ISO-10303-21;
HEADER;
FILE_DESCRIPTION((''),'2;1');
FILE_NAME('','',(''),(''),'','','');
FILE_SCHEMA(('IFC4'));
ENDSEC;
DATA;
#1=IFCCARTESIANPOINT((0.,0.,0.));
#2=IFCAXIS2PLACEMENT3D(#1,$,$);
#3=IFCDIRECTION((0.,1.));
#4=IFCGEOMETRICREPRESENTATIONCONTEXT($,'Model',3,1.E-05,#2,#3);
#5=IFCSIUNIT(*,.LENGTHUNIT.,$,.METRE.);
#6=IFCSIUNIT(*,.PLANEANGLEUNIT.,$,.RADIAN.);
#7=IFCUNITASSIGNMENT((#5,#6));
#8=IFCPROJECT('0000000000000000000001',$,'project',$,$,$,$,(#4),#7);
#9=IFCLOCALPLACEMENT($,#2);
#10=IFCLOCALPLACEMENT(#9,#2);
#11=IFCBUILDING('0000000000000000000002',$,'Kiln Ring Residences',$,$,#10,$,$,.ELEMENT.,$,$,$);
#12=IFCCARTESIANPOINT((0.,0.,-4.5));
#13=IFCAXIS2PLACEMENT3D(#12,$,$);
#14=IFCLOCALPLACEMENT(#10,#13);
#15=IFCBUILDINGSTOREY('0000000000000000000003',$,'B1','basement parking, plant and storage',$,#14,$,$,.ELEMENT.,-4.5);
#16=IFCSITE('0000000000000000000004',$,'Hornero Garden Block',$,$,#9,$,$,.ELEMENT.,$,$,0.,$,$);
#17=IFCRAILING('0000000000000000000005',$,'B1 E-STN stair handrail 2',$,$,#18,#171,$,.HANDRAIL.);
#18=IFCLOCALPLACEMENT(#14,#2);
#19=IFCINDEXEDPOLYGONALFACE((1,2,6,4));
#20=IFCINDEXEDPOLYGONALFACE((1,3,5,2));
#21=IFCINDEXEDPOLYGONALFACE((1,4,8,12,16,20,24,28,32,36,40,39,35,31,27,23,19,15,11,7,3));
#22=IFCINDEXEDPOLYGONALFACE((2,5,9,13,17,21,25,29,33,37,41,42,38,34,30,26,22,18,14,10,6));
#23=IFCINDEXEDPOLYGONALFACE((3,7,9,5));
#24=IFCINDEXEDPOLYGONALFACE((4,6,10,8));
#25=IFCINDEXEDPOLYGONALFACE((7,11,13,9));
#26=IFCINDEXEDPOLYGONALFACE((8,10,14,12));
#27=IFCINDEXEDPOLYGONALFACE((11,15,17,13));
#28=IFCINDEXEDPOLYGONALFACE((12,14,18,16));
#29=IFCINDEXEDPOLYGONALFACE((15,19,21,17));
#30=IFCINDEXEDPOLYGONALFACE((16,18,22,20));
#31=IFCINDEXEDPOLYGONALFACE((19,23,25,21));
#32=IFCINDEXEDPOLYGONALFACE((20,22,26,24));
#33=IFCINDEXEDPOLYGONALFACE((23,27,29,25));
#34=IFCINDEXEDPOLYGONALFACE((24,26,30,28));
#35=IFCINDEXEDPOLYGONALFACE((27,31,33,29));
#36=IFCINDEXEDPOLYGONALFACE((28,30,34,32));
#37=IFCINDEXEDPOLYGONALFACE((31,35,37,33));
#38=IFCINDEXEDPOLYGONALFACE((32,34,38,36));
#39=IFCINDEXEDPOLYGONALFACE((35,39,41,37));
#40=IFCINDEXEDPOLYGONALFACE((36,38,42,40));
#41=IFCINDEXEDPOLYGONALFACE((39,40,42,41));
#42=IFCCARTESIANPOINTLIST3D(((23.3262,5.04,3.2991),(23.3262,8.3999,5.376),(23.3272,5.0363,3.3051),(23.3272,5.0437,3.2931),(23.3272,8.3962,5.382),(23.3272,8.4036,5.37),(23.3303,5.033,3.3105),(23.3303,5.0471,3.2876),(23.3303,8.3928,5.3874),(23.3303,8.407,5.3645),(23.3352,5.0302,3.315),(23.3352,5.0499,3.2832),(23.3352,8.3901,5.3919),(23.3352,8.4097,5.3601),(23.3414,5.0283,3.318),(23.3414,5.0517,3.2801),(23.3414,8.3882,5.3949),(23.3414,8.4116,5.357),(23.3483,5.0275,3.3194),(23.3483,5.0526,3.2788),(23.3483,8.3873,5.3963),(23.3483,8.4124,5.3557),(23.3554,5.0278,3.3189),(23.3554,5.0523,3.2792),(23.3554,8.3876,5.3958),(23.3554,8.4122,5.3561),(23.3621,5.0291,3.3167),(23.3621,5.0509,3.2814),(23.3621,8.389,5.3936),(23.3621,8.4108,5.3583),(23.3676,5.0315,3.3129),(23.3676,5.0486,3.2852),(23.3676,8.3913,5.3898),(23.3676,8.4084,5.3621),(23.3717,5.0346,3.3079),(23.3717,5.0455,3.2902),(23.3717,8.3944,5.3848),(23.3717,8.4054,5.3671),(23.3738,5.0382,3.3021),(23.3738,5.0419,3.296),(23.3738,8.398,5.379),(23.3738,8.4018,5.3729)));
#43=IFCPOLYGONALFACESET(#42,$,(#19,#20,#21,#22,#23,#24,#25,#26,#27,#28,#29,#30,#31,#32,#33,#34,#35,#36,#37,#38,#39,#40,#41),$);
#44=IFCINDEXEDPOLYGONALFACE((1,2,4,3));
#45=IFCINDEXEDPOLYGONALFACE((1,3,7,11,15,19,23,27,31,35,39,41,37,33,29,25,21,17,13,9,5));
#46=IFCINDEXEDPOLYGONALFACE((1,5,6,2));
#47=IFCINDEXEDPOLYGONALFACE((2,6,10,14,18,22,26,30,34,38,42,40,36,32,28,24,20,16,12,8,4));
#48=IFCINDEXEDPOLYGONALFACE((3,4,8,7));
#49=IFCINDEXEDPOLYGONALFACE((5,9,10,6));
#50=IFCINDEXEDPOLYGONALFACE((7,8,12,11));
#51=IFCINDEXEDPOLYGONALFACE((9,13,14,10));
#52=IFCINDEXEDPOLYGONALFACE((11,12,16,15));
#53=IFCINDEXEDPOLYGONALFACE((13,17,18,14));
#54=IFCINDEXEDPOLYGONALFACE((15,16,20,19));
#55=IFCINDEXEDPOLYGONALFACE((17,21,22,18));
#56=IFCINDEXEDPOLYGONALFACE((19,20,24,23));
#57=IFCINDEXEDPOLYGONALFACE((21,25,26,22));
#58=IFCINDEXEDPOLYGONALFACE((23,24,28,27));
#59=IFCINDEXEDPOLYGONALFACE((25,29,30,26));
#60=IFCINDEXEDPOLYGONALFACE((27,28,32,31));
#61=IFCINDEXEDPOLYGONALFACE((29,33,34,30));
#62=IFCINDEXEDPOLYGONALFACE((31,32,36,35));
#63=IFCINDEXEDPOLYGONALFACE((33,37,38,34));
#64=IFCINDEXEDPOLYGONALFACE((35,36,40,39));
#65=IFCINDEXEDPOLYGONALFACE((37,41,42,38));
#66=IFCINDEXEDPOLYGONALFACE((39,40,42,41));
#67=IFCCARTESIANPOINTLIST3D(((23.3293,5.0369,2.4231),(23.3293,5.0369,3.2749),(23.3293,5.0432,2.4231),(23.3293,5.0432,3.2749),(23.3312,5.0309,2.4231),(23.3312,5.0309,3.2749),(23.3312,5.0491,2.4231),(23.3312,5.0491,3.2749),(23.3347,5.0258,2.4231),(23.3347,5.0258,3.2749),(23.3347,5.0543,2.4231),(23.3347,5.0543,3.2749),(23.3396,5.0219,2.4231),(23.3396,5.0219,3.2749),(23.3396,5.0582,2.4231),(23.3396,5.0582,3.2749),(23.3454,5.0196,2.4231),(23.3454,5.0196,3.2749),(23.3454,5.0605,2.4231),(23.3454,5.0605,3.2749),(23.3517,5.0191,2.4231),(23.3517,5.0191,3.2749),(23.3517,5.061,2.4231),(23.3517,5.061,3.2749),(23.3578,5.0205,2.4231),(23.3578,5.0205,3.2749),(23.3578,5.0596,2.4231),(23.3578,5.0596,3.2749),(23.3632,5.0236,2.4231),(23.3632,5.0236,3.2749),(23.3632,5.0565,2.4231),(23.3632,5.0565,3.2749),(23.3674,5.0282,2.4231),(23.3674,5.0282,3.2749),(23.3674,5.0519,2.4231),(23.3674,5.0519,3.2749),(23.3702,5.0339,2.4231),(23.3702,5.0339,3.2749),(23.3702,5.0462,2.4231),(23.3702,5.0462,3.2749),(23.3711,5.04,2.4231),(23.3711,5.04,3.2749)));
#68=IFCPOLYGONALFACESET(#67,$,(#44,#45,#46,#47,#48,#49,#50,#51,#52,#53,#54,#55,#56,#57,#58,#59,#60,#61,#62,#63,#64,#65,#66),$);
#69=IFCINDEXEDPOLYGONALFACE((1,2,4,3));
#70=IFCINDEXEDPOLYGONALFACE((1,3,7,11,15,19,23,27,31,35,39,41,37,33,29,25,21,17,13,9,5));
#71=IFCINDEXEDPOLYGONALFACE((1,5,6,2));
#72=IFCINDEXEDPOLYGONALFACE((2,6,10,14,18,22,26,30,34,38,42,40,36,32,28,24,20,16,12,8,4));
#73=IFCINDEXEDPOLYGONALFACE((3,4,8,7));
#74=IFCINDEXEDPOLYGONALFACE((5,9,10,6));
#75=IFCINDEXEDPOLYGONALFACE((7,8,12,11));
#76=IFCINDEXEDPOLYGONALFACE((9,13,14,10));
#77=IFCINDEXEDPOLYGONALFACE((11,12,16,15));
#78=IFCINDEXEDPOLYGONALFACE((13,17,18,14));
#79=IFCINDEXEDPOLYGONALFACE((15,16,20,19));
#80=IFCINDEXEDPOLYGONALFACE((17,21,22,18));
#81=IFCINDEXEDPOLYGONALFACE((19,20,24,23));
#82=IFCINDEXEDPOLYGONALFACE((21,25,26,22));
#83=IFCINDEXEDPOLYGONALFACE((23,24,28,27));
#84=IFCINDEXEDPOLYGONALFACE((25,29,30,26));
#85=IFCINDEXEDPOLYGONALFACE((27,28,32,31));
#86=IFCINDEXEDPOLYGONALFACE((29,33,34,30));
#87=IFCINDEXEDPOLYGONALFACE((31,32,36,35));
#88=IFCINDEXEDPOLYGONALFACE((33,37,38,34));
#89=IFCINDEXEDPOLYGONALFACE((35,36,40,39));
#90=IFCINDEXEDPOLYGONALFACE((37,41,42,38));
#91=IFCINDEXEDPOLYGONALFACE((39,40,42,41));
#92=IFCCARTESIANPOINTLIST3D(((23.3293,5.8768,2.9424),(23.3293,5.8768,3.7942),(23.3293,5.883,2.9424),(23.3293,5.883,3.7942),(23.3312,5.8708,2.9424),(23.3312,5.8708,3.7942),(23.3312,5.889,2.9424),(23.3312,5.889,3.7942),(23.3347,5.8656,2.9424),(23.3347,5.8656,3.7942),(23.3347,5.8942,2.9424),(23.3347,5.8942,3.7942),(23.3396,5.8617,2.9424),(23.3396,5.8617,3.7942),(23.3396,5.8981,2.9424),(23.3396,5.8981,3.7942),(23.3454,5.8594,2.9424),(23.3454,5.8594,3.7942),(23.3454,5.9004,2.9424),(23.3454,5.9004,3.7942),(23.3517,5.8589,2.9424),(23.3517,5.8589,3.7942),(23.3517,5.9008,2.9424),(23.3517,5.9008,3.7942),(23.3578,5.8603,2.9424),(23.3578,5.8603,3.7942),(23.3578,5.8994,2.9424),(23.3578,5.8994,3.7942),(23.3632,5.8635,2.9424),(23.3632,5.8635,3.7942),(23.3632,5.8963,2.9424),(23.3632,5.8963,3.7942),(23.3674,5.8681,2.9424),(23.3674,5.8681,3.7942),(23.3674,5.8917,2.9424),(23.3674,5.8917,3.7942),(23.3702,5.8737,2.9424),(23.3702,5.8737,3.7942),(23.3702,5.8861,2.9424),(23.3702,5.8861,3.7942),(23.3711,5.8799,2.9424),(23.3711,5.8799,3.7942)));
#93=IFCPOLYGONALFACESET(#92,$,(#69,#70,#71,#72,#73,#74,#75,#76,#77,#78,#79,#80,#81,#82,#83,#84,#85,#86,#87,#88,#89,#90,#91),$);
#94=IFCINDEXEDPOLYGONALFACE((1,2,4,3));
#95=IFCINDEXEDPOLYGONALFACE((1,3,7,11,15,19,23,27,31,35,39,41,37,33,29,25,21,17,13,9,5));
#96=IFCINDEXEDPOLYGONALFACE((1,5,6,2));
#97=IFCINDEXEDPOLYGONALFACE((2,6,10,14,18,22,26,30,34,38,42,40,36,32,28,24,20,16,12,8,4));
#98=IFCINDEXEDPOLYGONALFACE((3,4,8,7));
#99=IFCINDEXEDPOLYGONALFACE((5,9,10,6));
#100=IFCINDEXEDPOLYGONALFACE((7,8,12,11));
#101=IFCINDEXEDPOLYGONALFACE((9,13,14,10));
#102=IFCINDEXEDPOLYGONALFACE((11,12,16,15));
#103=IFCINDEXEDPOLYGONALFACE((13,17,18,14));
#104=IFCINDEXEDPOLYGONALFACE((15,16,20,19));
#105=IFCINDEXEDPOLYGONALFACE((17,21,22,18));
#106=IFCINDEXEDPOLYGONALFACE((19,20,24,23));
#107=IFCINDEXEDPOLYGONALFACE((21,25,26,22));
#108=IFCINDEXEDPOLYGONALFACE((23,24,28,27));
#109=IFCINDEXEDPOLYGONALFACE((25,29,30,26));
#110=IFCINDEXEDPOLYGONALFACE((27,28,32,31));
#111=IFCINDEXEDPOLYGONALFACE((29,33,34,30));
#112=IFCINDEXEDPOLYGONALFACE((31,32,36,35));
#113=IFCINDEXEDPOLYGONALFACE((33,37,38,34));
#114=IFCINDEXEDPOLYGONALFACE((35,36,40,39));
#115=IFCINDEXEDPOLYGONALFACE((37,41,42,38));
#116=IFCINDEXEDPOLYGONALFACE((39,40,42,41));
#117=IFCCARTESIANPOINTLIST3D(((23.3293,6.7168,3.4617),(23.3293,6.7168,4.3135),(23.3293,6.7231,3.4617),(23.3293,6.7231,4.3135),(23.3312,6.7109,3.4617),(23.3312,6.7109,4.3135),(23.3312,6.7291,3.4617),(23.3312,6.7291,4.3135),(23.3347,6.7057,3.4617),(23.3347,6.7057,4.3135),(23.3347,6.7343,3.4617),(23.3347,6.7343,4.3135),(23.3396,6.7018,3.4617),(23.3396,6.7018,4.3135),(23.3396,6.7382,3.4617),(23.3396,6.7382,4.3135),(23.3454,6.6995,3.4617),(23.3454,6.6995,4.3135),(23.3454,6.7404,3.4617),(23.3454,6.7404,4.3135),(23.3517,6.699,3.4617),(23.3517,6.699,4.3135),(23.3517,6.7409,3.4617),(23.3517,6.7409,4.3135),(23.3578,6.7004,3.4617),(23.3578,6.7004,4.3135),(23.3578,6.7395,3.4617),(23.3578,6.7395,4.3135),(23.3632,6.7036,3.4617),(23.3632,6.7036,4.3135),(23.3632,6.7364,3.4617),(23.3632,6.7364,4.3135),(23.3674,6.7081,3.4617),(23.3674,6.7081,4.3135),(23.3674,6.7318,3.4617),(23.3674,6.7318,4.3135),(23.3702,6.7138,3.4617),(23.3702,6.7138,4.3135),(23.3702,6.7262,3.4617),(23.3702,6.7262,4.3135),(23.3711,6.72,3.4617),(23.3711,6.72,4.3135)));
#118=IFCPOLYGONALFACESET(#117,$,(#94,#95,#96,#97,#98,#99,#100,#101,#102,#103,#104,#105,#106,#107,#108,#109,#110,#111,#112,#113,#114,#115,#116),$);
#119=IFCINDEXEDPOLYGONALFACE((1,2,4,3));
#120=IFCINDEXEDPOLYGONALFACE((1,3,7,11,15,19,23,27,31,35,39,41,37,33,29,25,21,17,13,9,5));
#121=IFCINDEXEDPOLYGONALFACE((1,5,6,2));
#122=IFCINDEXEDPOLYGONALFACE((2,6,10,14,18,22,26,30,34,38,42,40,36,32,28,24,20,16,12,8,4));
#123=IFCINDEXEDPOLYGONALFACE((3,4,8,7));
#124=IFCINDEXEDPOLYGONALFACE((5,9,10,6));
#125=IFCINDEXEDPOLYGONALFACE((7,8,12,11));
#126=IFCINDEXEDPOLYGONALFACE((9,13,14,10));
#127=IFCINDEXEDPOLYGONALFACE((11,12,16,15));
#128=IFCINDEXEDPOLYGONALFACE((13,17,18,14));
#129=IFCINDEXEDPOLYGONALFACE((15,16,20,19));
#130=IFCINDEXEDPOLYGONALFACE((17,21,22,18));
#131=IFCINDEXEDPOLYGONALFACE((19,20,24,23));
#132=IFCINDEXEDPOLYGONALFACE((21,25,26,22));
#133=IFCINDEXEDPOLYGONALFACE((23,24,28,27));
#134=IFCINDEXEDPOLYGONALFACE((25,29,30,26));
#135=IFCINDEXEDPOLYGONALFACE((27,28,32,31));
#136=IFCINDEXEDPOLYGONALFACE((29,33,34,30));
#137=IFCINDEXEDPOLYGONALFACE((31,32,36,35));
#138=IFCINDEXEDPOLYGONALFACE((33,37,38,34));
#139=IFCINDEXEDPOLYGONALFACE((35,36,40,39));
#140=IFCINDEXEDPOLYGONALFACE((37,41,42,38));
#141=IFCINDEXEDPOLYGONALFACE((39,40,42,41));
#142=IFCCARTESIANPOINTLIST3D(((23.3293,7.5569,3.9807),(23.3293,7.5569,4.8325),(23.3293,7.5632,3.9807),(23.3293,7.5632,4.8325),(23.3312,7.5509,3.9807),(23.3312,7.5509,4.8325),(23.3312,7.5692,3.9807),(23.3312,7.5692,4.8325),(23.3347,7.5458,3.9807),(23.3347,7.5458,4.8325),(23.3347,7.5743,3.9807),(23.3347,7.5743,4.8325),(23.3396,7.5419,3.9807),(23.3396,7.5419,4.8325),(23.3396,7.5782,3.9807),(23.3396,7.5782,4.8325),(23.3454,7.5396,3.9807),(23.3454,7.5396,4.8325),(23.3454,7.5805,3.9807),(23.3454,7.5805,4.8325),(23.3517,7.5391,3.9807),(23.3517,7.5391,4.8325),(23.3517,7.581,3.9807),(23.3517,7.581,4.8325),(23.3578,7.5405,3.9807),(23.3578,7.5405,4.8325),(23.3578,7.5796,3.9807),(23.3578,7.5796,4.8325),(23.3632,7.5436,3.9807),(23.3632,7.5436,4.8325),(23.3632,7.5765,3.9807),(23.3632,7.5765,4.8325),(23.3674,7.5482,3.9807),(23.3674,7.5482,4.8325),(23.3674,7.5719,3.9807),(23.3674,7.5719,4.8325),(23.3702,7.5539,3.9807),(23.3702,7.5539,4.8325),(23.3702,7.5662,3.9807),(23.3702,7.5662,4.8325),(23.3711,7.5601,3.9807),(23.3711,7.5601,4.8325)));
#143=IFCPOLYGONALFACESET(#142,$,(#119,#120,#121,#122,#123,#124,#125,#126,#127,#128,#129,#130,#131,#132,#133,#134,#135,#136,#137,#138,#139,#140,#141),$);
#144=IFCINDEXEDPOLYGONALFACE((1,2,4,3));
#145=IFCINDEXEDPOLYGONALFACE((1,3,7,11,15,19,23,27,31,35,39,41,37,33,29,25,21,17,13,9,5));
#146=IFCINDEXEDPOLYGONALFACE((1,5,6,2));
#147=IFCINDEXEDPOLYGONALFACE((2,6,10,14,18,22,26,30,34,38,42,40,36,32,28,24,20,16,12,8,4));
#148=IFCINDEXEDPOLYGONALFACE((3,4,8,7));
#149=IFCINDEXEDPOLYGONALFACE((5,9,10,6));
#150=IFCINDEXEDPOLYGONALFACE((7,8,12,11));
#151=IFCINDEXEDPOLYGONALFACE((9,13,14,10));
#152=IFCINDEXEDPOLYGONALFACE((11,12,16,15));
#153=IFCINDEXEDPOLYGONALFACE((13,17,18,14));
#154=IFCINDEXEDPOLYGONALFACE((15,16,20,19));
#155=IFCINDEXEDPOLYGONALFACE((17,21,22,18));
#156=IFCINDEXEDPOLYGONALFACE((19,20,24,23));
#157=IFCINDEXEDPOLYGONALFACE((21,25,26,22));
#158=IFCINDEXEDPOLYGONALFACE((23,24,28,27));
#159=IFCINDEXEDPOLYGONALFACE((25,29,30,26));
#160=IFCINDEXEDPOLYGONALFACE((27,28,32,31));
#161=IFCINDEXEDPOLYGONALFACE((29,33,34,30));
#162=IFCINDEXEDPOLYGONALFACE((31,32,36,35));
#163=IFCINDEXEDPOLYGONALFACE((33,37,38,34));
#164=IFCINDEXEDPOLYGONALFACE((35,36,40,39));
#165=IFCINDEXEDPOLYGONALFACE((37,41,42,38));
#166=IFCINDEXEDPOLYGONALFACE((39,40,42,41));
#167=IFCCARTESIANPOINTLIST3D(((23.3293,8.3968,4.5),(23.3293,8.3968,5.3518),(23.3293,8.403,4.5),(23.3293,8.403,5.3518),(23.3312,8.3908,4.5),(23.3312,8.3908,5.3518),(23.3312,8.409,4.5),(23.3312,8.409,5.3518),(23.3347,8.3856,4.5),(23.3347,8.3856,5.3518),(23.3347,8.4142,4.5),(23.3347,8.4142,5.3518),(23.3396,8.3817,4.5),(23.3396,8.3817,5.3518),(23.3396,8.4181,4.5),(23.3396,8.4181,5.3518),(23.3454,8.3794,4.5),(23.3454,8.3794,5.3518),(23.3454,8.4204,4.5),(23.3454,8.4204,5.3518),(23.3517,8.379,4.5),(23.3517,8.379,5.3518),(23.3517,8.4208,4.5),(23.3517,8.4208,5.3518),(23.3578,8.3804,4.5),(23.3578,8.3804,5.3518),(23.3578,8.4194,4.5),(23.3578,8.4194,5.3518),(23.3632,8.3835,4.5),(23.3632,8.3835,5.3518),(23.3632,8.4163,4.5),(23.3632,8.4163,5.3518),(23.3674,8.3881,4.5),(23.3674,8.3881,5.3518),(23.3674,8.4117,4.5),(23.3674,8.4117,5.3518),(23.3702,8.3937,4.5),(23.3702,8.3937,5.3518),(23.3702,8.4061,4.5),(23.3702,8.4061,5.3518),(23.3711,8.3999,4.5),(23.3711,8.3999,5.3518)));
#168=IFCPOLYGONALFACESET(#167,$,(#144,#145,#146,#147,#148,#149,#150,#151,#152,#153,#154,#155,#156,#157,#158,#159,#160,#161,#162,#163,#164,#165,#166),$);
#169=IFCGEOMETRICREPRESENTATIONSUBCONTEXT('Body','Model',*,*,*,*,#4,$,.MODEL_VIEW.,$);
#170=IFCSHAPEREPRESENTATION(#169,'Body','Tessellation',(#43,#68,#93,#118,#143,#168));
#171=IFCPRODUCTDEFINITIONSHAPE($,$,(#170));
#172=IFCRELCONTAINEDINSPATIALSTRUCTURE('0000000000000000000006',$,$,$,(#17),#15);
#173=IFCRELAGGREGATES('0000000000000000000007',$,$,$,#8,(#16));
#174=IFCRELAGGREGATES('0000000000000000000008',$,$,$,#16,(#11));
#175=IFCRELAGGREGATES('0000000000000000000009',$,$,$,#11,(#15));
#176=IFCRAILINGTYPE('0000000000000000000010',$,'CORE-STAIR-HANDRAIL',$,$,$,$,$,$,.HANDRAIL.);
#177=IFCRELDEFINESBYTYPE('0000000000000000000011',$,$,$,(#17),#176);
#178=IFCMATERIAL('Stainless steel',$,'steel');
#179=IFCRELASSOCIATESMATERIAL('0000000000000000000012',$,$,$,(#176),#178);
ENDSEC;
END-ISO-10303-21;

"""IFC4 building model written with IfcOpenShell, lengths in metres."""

from ifc_helpers import new_model, si_unit, direction, frame, origin, origin_2d, place, context, subcontext, project, spatial, circle, extrude, material, type_object, element, save


model = new_model("IFC4")

# Units and contexts
model_context = context("Model", 3, precision=1e-05, world=origin(), true_north=direction((0.0, 1.0)))
body_context = subcontext(model_context, "Body", "Model", "MODEL_VIEW")
ifc_project = project(units=[si_unit("LENGTHUNIT", "METRE"), si_unit("PLANEANGLEUNIT", "RADIAN")], contexts=[model_context])

# Site, building, storey
site_placement = place(None, origin())
site = spatial("IfcSite", under=ifc_project, at=site_placement, Name="Hornero Garden Block", CompositionType="ELEMENT", RefElevation=0.0)
building_placement = place(site_placement, origin())
building = spatial("IfcBuilding", under=site, at=building_placement, Name="Kiln Ring Residences", CompositionType="ELEMENT")
storey_placement = place(building_placement, frame((0.0, 0.0, -4.5)))
storey = spatial("IfcBuildingStorey", under=building, at=storey_placement, Name="B1", Description="basement parking, plant and storage", CompositionType="ELEMENT", Elevation=-4.5)

# Railing
ifc_material_1 = material(Name="Stainless steel", Category="steel")
railing_type_1 = type_object("IfcRailingType", Name="CORE-STAIR-HANDRAIL", PredefinedType="HANDRAIL", material=ifc_material_1)
railing_1_placement = place(storey_placement, frame((23.3501, 5.04, 2.4231)))
element("IfcRailing", 1, at=railing_1_placement, inside=storey, type_object=railing_type_1, Name="B1 E-STN stair handrail 2", PredefinedType="HANDRAIL", context=body_context, shape_type="SweptSolid", body=[
    extrude(circle(Radius=0.0239, at=origin_2d()), frame((0.0, 0.0, 0.876), z_axis=(0.0, 0.850606, 0.525803), x_axis=(-1.0, 0.0, 0.0)), (0.0, 0.0, 1.0), 3.95),
    extrude(circle(Radius=0.021, at=origin_2d()), origin(), (0.0, 0.0, 1.0), 0.8518),
    extrude(circle(Radius=0.021, at=origin_2d()), frame((0.0, 0.8398, 0.5193)), (0.0, 0.0, 1.0), 0.8518),
    extrude(circle(Radius=0.021, at=origin_2d()), frame((0.0, 1.6799, 1.0386)), (0.0, 0.0, 1.0), 0.8518),
    extrude(circle(Radius=0.021, at=origin_2d()), frame((0.0, 2.52, 1.5576)), (0.0, 0.0, 1.0), 0.8518),
    extrude(circle(Radius=0.021, at=origin_2d()), frame((0.0, 3.3599, 2.0769)), (0.0, 0.0, 1.0), 0.8518),
])

save(model, "model.ifc")
